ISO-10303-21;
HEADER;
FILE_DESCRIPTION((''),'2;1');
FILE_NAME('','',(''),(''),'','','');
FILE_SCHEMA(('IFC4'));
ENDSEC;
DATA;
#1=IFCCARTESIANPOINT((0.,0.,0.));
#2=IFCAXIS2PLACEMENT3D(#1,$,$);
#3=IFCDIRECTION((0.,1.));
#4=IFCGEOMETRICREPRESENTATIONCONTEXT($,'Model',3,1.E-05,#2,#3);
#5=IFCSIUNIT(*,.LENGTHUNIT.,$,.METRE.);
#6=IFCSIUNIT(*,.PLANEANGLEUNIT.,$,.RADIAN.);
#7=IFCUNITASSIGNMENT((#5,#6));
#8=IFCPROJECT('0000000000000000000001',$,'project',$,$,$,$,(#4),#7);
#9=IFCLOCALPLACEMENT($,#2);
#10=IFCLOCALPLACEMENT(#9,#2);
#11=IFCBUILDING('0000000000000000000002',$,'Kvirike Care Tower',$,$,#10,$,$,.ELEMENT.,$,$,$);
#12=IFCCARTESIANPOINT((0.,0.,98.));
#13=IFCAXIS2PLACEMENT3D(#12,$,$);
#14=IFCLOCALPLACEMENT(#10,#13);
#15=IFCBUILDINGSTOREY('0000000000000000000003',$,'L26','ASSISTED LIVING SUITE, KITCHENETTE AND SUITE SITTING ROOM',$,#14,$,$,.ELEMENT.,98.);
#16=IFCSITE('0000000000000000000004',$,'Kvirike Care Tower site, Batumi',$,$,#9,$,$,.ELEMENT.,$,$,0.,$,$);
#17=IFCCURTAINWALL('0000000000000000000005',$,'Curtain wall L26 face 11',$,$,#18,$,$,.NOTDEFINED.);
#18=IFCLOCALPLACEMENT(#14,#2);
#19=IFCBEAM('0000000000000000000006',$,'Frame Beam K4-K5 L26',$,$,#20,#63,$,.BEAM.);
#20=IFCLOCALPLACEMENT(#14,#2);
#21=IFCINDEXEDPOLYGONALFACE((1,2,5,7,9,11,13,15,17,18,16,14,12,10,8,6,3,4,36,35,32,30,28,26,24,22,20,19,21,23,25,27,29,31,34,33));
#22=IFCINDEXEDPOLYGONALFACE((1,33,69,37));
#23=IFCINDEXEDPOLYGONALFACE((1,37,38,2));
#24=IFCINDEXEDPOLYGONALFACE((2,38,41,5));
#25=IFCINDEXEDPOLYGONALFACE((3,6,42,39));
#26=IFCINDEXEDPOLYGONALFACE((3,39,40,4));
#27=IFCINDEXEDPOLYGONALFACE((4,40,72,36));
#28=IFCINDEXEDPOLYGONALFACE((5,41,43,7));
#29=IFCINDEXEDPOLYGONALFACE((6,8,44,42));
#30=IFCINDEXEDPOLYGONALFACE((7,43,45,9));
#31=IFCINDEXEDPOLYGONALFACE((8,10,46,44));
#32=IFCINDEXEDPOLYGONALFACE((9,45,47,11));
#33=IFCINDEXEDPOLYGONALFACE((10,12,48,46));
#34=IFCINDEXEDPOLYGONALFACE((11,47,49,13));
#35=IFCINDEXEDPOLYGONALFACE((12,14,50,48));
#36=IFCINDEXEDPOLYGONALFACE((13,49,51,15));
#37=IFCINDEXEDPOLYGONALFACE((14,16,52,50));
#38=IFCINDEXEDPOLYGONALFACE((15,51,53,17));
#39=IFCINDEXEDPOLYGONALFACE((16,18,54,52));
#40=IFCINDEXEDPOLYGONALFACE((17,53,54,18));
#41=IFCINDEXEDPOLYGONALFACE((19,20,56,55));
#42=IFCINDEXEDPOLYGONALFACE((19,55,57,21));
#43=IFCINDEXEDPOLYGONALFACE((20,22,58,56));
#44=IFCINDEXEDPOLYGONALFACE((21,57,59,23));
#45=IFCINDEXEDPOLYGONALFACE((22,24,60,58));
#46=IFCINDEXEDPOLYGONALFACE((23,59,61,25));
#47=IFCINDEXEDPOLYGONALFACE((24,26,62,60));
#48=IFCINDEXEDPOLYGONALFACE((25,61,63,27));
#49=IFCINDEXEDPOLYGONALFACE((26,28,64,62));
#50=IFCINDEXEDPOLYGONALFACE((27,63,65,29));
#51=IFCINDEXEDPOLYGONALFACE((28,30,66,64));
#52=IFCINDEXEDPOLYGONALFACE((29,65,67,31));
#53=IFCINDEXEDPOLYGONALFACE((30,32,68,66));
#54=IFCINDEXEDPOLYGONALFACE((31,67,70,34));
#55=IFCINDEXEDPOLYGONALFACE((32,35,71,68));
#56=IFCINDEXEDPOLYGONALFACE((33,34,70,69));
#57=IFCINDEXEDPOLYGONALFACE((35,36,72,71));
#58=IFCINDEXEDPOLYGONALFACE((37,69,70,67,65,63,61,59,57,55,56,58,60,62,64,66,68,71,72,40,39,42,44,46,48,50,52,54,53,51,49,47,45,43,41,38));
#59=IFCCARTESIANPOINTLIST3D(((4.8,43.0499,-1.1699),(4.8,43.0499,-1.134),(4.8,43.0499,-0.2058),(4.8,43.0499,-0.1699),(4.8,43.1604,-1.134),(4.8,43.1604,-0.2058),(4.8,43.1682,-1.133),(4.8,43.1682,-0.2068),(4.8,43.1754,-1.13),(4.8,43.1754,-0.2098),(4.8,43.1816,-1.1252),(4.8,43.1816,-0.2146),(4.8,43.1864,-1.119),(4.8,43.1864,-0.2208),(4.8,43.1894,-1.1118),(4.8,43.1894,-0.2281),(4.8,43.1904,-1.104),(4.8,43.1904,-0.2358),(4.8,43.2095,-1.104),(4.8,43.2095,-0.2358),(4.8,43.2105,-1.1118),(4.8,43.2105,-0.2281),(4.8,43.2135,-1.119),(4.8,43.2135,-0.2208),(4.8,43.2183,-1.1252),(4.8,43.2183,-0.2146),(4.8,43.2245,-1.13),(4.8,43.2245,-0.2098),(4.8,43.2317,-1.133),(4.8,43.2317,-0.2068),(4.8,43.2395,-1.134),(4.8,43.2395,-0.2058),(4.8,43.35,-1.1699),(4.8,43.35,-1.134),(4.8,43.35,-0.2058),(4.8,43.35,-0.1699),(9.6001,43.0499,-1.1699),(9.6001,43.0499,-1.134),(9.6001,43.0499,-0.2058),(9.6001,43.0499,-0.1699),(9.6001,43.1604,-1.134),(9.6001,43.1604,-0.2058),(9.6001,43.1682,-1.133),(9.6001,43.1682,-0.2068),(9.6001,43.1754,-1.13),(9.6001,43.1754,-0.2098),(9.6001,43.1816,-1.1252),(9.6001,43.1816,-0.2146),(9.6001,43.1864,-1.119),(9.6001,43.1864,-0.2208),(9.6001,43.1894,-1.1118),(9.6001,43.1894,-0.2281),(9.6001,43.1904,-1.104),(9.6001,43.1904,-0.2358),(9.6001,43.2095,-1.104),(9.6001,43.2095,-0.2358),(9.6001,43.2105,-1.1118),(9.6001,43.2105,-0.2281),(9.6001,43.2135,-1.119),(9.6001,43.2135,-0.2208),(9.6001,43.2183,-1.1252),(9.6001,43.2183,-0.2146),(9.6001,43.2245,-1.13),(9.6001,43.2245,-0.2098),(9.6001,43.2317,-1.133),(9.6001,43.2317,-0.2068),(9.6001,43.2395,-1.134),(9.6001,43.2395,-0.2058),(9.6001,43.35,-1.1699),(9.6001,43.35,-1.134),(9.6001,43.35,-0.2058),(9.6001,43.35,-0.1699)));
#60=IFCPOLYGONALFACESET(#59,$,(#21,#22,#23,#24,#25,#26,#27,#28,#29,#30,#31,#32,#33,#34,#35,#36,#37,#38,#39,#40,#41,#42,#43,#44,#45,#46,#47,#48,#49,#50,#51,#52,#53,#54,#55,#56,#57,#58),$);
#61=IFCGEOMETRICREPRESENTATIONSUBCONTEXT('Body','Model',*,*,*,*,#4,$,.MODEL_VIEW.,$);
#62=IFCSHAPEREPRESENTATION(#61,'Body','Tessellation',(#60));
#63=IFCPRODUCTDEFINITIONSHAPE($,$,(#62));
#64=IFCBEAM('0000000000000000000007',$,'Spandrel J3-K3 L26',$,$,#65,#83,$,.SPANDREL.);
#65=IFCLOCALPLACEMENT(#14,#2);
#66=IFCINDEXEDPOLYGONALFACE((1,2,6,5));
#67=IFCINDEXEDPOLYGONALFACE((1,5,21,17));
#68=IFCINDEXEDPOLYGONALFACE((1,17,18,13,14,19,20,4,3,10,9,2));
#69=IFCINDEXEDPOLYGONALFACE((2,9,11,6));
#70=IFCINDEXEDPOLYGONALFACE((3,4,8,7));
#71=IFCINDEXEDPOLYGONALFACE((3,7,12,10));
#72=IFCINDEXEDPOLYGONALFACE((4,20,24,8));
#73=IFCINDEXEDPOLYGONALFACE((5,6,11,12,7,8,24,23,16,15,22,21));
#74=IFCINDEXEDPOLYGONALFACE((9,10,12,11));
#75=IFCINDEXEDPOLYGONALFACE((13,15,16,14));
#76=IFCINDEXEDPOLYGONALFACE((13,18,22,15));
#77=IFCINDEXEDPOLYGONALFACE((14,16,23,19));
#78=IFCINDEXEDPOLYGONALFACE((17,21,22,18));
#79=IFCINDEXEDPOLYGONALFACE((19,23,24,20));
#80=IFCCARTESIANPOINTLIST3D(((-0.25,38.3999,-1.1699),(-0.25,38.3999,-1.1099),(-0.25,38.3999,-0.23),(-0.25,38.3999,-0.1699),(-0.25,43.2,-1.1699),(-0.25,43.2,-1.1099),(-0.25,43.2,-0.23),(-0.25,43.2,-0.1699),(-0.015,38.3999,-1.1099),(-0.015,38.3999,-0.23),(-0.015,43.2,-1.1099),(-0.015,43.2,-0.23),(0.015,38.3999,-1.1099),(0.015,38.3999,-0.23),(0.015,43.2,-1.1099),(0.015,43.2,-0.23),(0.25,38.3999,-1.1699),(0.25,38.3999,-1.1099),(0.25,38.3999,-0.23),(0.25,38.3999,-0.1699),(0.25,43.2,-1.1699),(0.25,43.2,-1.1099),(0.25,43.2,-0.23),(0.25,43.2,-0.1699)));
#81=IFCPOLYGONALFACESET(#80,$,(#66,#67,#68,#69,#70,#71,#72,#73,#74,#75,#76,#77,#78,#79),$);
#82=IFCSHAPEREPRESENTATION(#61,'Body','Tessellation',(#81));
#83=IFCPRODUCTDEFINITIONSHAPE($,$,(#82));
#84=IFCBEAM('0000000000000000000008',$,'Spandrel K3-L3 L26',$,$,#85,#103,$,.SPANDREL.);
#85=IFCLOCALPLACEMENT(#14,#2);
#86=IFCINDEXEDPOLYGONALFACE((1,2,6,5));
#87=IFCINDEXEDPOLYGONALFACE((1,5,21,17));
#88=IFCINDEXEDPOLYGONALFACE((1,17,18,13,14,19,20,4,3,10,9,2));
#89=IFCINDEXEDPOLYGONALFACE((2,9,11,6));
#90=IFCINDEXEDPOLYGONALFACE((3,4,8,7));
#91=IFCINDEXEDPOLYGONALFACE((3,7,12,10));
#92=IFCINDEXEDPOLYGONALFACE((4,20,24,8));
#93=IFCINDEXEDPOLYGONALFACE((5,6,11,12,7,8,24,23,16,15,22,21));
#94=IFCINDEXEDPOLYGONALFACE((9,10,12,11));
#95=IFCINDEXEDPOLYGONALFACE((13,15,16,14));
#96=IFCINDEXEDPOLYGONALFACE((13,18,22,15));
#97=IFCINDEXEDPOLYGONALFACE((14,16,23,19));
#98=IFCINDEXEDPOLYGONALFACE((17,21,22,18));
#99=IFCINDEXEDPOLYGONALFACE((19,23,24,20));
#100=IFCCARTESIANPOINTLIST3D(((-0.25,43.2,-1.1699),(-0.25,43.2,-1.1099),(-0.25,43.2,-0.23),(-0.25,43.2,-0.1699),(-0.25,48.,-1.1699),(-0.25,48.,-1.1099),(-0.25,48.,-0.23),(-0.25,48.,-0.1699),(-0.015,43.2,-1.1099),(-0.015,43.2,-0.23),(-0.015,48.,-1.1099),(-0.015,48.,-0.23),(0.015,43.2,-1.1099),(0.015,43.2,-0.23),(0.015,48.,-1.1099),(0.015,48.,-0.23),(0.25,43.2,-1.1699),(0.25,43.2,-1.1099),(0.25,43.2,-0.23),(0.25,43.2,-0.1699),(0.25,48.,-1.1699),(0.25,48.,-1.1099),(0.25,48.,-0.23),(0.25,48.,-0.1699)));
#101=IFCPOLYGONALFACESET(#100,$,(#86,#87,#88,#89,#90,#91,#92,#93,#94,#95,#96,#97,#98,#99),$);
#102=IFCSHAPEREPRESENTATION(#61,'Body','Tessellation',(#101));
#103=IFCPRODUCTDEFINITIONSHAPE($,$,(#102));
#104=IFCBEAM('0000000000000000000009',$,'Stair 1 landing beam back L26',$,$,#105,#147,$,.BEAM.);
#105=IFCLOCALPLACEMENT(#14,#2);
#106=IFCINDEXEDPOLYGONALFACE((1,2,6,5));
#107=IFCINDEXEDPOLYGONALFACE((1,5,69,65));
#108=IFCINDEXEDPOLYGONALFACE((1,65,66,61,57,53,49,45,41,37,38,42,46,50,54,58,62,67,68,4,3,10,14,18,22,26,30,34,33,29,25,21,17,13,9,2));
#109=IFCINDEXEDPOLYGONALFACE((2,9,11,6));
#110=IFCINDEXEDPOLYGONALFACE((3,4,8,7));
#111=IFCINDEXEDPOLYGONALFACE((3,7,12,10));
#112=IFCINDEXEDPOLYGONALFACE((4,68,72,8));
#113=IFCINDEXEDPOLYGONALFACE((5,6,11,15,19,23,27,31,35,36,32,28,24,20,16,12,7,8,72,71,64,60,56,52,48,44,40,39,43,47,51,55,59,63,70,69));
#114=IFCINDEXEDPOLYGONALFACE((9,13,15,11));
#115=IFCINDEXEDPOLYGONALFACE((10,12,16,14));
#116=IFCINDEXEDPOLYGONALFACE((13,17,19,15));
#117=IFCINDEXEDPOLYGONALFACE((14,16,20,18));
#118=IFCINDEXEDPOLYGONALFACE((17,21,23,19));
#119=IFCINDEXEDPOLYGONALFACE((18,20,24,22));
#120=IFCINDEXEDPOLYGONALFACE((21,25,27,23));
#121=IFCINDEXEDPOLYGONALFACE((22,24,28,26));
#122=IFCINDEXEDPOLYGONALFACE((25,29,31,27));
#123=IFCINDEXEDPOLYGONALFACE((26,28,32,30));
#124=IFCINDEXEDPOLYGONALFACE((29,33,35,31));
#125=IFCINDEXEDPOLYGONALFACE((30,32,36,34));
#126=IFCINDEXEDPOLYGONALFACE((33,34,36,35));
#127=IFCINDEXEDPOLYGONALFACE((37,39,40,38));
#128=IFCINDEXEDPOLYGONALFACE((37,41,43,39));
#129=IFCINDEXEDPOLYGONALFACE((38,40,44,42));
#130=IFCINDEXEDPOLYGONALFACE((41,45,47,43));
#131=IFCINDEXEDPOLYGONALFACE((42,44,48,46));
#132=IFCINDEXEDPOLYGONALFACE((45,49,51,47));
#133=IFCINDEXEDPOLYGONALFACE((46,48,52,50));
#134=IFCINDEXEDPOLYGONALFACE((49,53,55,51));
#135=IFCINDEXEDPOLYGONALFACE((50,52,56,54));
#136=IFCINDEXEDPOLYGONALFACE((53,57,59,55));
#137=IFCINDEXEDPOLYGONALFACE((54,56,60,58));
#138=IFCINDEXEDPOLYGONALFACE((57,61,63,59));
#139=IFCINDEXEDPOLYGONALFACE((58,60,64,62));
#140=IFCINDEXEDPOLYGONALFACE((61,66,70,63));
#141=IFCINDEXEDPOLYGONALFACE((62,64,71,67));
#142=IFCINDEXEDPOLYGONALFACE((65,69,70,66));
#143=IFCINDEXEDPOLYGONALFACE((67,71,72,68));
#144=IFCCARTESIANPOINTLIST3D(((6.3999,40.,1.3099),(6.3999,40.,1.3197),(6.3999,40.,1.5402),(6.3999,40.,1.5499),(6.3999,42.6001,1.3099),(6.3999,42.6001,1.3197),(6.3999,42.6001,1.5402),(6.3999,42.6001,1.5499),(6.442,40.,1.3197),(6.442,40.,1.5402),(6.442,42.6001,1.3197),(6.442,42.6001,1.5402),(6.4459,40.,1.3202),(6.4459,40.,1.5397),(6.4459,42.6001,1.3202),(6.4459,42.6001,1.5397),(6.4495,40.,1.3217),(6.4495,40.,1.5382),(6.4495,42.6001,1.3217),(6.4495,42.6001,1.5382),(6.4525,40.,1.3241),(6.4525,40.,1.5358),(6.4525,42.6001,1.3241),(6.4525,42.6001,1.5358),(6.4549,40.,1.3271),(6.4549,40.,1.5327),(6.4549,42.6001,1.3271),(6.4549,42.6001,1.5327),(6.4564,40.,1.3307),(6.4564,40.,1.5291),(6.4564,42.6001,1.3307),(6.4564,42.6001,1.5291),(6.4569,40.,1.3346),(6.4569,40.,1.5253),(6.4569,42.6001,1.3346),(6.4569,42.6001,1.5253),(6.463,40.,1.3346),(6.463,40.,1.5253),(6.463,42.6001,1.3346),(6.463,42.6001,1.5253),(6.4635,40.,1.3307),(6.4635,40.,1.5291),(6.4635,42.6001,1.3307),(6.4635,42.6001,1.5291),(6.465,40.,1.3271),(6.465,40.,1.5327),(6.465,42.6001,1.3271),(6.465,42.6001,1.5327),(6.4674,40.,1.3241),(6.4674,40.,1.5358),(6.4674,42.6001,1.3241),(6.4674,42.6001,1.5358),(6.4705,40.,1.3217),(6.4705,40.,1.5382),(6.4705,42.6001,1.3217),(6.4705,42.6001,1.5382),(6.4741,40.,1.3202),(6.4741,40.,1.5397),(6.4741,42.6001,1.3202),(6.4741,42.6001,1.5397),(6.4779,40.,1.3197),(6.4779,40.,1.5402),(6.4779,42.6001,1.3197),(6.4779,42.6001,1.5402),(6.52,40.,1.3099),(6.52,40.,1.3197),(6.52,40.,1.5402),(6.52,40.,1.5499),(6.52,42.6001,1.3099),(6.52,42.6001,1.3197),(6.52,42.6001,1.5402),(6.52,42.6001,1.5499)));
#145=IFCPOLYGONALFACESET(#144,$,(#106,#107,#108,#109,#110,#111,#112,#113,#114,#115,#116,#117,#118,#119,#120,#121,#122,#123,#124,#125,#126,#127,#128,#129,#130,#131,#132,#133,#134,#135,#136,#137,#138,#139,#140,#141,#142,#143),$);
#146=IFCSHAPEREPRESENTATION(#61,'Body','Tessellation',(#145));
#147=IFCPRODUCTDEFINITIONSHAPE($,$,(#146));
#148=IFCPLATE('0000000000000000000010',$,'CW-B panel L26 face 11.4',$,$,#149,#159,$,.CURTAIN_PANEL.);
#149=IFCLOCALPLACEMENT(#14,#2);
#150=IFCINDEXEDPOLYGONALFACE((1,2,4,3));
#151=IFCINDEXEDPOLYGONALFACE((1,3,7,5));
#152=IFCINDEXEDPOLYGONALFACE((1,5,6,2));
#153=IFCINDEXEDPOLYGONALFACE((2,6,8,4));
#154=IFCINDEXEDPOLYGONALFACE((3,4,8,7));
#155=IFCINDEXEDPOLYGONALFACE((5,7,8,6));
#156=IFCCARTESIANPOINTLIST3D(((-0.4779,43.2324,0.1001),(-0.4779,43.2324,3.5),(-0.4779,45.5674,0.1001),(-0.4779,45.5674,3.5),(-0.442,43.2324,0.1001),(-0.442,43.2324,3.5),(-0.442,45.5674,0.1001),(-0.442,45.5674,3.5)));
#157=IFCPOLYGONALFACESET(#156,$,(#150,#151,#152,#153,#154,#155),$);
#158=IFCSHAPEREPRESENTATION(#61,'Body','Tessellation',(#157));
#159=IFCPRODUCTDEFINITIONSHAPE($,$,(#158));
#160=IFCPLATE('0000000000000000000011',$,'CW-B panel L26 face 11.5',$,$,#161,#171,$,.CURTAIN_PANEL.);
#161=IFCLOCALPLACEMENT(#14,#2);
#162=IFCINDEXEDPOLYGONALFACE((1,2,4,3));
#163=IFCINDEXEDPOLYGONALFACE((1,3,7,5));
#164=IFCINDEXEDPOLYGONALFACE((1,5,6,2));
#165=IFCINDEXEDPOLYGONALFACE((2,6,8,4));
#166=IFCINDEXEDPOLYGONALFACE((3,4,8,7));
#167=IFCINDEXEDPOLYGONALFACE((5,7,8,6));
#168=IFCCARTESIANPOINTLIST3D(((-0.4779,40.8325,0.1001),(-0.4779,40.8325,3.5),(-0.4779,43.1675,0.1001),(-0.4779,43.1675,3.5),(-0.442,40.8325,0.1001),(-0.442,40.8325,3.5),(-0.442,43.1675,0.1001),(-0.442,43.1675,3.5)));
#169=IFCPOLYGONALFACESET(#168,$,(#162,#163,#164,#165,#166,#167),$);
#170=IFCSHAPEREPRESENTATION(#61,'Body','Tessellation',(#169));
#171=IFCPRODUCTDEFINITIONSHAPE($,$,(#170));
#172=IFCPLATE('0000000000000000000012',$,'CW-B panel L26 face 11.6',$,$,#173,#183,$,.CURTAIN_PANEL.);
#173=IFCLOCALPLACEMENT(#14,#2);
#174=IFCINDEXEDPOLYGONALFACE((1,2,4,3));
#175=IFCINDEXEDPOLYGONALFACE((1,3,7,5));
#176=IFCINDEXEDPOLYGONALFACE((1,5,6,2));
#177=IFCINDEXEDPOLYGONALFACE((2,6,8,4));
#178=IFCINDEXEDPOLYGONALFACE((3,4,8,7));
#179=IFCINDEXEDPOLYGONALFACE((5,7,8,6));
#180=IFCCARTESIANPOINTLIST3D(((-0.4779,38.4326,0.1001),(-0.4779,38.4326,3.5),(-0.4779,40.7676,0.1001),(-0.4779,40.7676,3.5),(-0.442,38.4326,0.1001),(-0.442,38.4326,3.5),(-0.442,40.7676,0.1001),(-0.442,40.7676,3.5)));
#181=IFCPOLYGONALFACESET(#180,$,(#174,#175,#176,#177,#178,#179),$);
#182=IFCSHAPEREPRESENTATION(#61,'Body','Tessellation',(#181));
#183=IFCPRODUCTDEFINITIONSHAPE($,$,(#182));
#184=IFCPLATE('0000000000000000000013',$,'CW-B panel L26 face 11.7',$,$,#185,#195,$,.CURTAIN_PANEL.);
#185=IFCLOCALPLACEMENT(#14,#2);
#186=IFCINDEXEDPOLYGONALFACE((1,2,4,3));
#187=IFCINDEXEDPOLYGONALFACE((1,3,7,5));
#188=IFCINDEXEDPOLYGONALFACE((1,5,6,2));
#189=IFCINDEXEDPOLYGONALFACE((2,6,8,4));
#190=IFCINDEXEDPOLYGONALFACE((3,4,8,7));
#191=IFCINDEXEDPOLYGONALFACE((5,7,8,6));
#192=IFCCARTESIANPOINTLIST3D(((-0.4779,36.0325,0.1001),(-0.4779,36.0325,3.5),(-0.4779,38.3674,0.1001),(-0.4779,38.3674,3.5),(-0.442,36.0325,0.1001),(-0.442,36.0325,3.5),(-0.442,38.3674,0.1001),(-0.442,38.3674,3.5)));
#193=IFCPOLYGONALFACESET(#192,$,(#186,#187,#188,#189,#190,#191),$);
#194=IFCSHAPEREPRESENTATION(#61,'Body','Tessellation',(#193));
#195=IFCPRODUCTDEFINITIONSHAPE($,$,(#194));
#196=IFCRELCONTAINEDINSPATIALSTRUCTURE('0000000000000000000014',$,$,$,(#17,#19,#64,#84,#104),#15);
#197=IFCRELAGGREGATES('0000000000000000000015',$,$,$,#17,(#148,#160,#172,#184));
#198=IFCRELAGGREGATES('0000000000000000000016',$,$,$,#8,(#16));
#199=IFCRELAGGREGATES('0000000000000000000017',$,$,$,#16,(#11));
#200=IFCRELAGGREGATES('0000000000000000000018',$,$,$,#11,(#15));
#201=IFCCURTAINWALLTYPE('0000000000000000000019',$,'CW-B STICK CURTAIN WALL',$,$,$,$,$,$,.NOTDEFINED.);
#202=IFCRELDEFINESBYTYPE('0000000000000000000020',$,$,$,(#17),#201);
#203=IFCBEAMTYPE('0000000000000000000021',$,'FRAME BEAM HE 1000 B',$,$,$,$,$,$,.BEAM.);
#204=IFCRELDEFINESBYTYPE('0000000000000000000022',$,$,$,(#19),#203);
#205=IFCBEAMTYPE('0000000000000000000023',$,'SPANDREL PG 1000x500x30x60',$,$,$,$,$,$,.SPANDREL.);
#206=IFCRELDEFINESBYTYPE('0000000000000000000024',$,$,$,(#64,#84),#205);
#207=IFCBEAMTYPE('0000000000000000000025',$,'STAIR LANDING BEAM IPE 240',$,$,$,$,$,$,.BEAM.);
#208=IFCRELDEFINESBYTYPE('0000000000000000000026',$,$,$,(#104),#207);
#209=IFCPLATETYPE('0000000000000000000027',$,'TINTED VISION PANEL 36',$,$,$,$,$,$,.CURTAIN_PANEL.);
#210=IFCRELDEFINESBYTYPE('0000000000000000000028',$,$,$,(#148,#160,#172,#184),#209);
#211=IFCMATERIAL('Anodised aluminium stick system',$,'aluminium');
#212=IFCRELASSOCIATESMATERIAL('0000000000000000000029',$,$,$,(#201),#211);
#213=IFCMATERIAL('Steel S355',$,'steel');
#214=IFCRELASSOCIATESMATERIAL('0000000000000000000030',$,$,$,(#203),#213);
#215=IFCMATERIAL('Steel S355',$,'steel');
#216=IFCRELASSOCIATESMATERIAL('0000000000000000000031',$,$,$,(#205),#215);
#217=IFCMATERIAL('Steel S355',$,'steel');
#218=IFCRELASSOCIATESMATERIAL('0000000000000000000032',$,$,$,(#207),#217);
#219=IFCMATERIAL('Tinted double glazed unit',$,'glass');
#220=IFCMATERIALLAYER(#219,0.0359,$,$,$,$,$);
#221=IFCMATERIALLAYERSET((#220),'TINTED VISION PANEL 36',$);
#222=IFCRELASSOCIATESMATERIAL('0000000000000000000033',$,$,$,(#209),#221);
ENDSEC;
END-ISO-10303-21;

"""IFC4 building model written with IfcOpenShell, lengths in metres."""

from ifc_helpers import new_model, si_unit, direction, frame, origin, origin_2d, place, context, subcontext, project, spatial, rectangle, i_section, extrude, material, layer, layer_set, material_profile, profile_set, type_object, element, aggregate, save


model = new_model("IFC4")

# Units and contexts
model_context = context("Model", 3, precision=1e-05, world=origin(), true_north=direction((0.0, 1.0)))
body_context = subcontext(model_context, "Body", "Model", "MODEL_VIEW")
ifc_project = project(units=[si_unit("LENGTHUNIT", "METRE"), si_unit("PLANEANGLEUNIT", "RADIAN")], contexts=[model_context])

# Site, building, storey
site_placement = place(None, origin())
site = spatial("IfcSite", under=ifc_project, at=site_placement, Name="Kvirike Care Tower site, Batumi", CompositionType="ELEMENT", RefElevation=0.0)
building_placement = place(site_placement, origin())
building = spatial("IfcBuilding", under=site, at=building_placement, Name="Kvirike Care Tower", CompositionType="ELEMENT")
storey_placement = place(building_placement, frame((0.0, 0.0, 98.0)))
storey = spatial("IfcBuildingStorey", under=building, at=storey_placement, Name="L26", Description="ASSISTED LIVING SUITE, KITCHENETTE AND SUITE SITTING ROOM", CompositionType="ELEMENT", Elevation=98.0)

# Curtain wall
ifc_material_1 = material(Name="Anodised aluminium stick system", Category="aluminium")
curtain_wall_type = type_object("IfcCurtainWallType", Name="CW-B STICK CURTAIN WALL", PredefinedType="NOTDEFINED", material=ifc_material_1)
curtain_wall_placement = place(storey_placement, origin())
curtain_wall = element("IfcCurtainWall", 1, at=curtain_wall_placement, inside=storey, type_object=curtain_wall_type, Name="Curtain wall L26 face 11", PredefinedType="NOTDEFINED")

# Beams
ifc_material_2 = material(Name="Steel S355", Category="steel")
ifc_material_profile_1 = material_profile(ifc_material_2, i_section(OverallWidth=0.3, OverallDepth=1.0, WebThickness=0.019, FlangeThickness=0.0359, FilletRadius=0.03, at=origin_2d()), Name="HE 1000 B")
ifc_profile_set_1 = profile_set([ifc_material_profile_1], Name="Steel S355")
beam_type_1 = type_object("IfcBeamType", Name="FRAME BEAM HE 1000 B", PredefinedType="BEAM", material=ifc_profile_set_1)
for number, where, z_axis, x_axis, name in (
    (2, (4.8, 43.2, -0.6699), (1.0, 0.0, 0.0), (0.0, 1.0, 0.0), "Frame Beam K4-K5 L26"),
):
    element("IfcBeam", number, at=place(storey_placement, frame(where, z_axis=z_axis, x_axis=x_axis)), inside=storey, type_object=beam_type_1, Name=name, PredefinedType="BEAM", context=body_context, shape_type="SweptSolid", body=[
        extrude(i_section(OverallWidth=0.3, OverallDepth=1.0, WebThickness=0.019, FlangeThickness=0.0359, FilletRadius=0.03, at=origin_2d()), origin(), (0.0, 0.0, 1.0), 4.8),
    ])
ifc_material_3 = material(Name="Steel S355", Category="steel")
ifc_material_profile_2 = material_profile(ifc_material_3, i_section(OverallWidth=0.5, OverallDepth=1.0, WebThickness=0.03, FlangeThickness=0.0601, at=origin_2d()), Name="PG 1000x500x30x60")
ifc_profile_set_2 = profile_set([ifc_material_profile_2], Name="Steel S355")
beam_type_2 = type_object("IfcBeamType", Name="SPANDREL PG 1000x500x30x60", PredefinedType="SPANDREL", material=ifc_profile_set_2)
for number, where, z_axis, x_axis, name in (
    (3, (0.0, 38.3999, -0.6699), (0.0, 1.0, 0.0), (-1.0, 0.0, 0.0), "Spandrel J3-K3 L26"),
    (4, (0.0, 43.2, -0.6699), (0.0, 1.0, 0.0), (-1.0, 0.0, 0.0), "Spandrel K3-L3 L26"),
):
    element("IfcBeam", number, at=place(storey_placement, frame(where, z_axis=z_axis, x_axis=x_axis)), inside=storey, type_object=beam_type_2, Name=name, PredefinedType="SPANDREL", context=body_context, shape_type="SweptSolid", body=[
        extrude(i_section(OverallWidth=0.5, OverallDepth=1.0, WebThickness=0.03, FlangeThickness=0.0601, at=origin_2d()), origin(), (0.0, 0.0, 1.0), 4.8),
    ])
ifc_material_4 = material(Name="Steel S355", Category="steel")
ifc_material_profile_3 = material_profile(ifc_material_4, i_section(OverallWidth=0.1201, OverallDepth=0.24, WebThickness=0.0061, FlangeThickness=0.0098, FilletRadius=0.0149, at=origin_2d()), Name="IPE 240")
ifc_profile_set_3 = profile_set([ifc_material_profile_3], Name="Steel S355")
beam_type_3 = type_object("IfcBeamType", Name="STAIR LANDING BEAM IPE 240", PredefinedType="BEAM", material=ifc_profile_set_3)
beam_1_placement = place(storey_placement, frame((6.46, 42.6001, 1.4299), z_axis=(0.0, -1.0, 0.0), x_axis=(1.0, 0.0, 0.0)))
element("IfcBeam", 5, at=beam_1_placement, inside=storey, type_object=beam_type_3, Name="Stair 1 landing beam back L26", PredefinedType="BEAM", context=body_context, shape_type="SweptSolid", body=[
    extrude(i_section(OverallWidth=0.1201, OverallDepth=0.24, WebThickness=0.0061, FlangeThickness=0.0098, FilletRadius=0.0149, at=origin_2d()), origin(), (0.0, 0.0, 1.0), 2.6001),
])

# Plates
ifc_material_5 = material(Name="Tinted double glazed unit", Category="glass")
ifc_layer_1 = layer(ifc_material_5, 0.0359)
ifc_layer_set_1 = layer_set([ifc_layer_1], Name="TINTED VISION PANEL 36")
plate_type = type_object("IfcPlateType", Name="TINTED VISION PANEL 36", PredefinedType="CURTAIN_PANEL", material=ifc_layer_set_1)
plate_1_placement = place(storey_placement, frame((-0.46, 44.3999, 0.1001), z_axis=(0.0, 0.0, 1.0), x_axis=(0.0, -1.0, 0.0)))
plate_1 = element("IfcPlate", 6, at=plate_1_placement, type_object=plate_type, Name="CW-B panel L26 face 11.4", PredefinedType="CURTAIN_PANEL", context=body_context, shape_type="SweptSolid", body=[
    extrude(rectangle(XDim=2.335, YDim=0.0359, at=origin_2d()), origin(), (0.0, 0.0, 1.0), 3.3999),
])
plate_2_placement = place(storey_placement, frame((-0.46, 42.0, 0.1001), z_axis=(0.0, 0.0, 1.0), x_axis=(0.0, -1.0, 0.0)))
plate_2 = element("IfcPlate", 7, at=plate_2_placement, type_object=plate_type, Name="CW-B panel L26 face 11.5", PredefinedType="CURTAIN_PANEL", context=body_context, shape_type="SweptSolid", body=[
    extrude(rectangle(XDim=2.335, YDim=0.0359, at=origin_2d()), origin(), (0.0, 0.0, 1.0), 3.3999),
])
plate_3_placement = place(storey_placement, frame((-0.46, 39.6001, 0.1001), z_axis=(0.0, 0.0, 1.0), x_axis=(0.0, -1.0, 0.0)))
plate_3 = element("IfcPlate", 8, at=plate_3_placement, type_object=plate_type, Name="CW-B panel L26 face 11.6", PredefinedType="CURTAIN_PANEL", context=body_context, shape_type="SweptSolid", body=[
    extrude(rectangle(XDim=2.335, YDim=0.0359, at=origin_2d()), origin(), (0.0, 0.0, 1.0), 3.3999),
])
plate_4_placement = place(storey_placement, frame((-0.46, 37.2, 0.1001), z_axis=(0.0, 0.0, 1.0), x_axis=(0.0, -1.0, 0.0)))
plate_4 = element("IfcPlate", 9, at=plate_4_placement, type_object=plate_type, Name="CW-B panel L26 face 11.7", PredefinedType="CURTAIN_PANEL", context=body_context, shape_type="SweptSolid", body=[
    extrude(rectangle(XDim=2.335, YDim=0.0359, at=origin_2d()), origin(), (0.0, 0.0, 1.0), 3.3999),
])
aggregate(curtain_wall, [plate_1, plate_2, plate_3, plate_4])

save(model, "model.ifc")
